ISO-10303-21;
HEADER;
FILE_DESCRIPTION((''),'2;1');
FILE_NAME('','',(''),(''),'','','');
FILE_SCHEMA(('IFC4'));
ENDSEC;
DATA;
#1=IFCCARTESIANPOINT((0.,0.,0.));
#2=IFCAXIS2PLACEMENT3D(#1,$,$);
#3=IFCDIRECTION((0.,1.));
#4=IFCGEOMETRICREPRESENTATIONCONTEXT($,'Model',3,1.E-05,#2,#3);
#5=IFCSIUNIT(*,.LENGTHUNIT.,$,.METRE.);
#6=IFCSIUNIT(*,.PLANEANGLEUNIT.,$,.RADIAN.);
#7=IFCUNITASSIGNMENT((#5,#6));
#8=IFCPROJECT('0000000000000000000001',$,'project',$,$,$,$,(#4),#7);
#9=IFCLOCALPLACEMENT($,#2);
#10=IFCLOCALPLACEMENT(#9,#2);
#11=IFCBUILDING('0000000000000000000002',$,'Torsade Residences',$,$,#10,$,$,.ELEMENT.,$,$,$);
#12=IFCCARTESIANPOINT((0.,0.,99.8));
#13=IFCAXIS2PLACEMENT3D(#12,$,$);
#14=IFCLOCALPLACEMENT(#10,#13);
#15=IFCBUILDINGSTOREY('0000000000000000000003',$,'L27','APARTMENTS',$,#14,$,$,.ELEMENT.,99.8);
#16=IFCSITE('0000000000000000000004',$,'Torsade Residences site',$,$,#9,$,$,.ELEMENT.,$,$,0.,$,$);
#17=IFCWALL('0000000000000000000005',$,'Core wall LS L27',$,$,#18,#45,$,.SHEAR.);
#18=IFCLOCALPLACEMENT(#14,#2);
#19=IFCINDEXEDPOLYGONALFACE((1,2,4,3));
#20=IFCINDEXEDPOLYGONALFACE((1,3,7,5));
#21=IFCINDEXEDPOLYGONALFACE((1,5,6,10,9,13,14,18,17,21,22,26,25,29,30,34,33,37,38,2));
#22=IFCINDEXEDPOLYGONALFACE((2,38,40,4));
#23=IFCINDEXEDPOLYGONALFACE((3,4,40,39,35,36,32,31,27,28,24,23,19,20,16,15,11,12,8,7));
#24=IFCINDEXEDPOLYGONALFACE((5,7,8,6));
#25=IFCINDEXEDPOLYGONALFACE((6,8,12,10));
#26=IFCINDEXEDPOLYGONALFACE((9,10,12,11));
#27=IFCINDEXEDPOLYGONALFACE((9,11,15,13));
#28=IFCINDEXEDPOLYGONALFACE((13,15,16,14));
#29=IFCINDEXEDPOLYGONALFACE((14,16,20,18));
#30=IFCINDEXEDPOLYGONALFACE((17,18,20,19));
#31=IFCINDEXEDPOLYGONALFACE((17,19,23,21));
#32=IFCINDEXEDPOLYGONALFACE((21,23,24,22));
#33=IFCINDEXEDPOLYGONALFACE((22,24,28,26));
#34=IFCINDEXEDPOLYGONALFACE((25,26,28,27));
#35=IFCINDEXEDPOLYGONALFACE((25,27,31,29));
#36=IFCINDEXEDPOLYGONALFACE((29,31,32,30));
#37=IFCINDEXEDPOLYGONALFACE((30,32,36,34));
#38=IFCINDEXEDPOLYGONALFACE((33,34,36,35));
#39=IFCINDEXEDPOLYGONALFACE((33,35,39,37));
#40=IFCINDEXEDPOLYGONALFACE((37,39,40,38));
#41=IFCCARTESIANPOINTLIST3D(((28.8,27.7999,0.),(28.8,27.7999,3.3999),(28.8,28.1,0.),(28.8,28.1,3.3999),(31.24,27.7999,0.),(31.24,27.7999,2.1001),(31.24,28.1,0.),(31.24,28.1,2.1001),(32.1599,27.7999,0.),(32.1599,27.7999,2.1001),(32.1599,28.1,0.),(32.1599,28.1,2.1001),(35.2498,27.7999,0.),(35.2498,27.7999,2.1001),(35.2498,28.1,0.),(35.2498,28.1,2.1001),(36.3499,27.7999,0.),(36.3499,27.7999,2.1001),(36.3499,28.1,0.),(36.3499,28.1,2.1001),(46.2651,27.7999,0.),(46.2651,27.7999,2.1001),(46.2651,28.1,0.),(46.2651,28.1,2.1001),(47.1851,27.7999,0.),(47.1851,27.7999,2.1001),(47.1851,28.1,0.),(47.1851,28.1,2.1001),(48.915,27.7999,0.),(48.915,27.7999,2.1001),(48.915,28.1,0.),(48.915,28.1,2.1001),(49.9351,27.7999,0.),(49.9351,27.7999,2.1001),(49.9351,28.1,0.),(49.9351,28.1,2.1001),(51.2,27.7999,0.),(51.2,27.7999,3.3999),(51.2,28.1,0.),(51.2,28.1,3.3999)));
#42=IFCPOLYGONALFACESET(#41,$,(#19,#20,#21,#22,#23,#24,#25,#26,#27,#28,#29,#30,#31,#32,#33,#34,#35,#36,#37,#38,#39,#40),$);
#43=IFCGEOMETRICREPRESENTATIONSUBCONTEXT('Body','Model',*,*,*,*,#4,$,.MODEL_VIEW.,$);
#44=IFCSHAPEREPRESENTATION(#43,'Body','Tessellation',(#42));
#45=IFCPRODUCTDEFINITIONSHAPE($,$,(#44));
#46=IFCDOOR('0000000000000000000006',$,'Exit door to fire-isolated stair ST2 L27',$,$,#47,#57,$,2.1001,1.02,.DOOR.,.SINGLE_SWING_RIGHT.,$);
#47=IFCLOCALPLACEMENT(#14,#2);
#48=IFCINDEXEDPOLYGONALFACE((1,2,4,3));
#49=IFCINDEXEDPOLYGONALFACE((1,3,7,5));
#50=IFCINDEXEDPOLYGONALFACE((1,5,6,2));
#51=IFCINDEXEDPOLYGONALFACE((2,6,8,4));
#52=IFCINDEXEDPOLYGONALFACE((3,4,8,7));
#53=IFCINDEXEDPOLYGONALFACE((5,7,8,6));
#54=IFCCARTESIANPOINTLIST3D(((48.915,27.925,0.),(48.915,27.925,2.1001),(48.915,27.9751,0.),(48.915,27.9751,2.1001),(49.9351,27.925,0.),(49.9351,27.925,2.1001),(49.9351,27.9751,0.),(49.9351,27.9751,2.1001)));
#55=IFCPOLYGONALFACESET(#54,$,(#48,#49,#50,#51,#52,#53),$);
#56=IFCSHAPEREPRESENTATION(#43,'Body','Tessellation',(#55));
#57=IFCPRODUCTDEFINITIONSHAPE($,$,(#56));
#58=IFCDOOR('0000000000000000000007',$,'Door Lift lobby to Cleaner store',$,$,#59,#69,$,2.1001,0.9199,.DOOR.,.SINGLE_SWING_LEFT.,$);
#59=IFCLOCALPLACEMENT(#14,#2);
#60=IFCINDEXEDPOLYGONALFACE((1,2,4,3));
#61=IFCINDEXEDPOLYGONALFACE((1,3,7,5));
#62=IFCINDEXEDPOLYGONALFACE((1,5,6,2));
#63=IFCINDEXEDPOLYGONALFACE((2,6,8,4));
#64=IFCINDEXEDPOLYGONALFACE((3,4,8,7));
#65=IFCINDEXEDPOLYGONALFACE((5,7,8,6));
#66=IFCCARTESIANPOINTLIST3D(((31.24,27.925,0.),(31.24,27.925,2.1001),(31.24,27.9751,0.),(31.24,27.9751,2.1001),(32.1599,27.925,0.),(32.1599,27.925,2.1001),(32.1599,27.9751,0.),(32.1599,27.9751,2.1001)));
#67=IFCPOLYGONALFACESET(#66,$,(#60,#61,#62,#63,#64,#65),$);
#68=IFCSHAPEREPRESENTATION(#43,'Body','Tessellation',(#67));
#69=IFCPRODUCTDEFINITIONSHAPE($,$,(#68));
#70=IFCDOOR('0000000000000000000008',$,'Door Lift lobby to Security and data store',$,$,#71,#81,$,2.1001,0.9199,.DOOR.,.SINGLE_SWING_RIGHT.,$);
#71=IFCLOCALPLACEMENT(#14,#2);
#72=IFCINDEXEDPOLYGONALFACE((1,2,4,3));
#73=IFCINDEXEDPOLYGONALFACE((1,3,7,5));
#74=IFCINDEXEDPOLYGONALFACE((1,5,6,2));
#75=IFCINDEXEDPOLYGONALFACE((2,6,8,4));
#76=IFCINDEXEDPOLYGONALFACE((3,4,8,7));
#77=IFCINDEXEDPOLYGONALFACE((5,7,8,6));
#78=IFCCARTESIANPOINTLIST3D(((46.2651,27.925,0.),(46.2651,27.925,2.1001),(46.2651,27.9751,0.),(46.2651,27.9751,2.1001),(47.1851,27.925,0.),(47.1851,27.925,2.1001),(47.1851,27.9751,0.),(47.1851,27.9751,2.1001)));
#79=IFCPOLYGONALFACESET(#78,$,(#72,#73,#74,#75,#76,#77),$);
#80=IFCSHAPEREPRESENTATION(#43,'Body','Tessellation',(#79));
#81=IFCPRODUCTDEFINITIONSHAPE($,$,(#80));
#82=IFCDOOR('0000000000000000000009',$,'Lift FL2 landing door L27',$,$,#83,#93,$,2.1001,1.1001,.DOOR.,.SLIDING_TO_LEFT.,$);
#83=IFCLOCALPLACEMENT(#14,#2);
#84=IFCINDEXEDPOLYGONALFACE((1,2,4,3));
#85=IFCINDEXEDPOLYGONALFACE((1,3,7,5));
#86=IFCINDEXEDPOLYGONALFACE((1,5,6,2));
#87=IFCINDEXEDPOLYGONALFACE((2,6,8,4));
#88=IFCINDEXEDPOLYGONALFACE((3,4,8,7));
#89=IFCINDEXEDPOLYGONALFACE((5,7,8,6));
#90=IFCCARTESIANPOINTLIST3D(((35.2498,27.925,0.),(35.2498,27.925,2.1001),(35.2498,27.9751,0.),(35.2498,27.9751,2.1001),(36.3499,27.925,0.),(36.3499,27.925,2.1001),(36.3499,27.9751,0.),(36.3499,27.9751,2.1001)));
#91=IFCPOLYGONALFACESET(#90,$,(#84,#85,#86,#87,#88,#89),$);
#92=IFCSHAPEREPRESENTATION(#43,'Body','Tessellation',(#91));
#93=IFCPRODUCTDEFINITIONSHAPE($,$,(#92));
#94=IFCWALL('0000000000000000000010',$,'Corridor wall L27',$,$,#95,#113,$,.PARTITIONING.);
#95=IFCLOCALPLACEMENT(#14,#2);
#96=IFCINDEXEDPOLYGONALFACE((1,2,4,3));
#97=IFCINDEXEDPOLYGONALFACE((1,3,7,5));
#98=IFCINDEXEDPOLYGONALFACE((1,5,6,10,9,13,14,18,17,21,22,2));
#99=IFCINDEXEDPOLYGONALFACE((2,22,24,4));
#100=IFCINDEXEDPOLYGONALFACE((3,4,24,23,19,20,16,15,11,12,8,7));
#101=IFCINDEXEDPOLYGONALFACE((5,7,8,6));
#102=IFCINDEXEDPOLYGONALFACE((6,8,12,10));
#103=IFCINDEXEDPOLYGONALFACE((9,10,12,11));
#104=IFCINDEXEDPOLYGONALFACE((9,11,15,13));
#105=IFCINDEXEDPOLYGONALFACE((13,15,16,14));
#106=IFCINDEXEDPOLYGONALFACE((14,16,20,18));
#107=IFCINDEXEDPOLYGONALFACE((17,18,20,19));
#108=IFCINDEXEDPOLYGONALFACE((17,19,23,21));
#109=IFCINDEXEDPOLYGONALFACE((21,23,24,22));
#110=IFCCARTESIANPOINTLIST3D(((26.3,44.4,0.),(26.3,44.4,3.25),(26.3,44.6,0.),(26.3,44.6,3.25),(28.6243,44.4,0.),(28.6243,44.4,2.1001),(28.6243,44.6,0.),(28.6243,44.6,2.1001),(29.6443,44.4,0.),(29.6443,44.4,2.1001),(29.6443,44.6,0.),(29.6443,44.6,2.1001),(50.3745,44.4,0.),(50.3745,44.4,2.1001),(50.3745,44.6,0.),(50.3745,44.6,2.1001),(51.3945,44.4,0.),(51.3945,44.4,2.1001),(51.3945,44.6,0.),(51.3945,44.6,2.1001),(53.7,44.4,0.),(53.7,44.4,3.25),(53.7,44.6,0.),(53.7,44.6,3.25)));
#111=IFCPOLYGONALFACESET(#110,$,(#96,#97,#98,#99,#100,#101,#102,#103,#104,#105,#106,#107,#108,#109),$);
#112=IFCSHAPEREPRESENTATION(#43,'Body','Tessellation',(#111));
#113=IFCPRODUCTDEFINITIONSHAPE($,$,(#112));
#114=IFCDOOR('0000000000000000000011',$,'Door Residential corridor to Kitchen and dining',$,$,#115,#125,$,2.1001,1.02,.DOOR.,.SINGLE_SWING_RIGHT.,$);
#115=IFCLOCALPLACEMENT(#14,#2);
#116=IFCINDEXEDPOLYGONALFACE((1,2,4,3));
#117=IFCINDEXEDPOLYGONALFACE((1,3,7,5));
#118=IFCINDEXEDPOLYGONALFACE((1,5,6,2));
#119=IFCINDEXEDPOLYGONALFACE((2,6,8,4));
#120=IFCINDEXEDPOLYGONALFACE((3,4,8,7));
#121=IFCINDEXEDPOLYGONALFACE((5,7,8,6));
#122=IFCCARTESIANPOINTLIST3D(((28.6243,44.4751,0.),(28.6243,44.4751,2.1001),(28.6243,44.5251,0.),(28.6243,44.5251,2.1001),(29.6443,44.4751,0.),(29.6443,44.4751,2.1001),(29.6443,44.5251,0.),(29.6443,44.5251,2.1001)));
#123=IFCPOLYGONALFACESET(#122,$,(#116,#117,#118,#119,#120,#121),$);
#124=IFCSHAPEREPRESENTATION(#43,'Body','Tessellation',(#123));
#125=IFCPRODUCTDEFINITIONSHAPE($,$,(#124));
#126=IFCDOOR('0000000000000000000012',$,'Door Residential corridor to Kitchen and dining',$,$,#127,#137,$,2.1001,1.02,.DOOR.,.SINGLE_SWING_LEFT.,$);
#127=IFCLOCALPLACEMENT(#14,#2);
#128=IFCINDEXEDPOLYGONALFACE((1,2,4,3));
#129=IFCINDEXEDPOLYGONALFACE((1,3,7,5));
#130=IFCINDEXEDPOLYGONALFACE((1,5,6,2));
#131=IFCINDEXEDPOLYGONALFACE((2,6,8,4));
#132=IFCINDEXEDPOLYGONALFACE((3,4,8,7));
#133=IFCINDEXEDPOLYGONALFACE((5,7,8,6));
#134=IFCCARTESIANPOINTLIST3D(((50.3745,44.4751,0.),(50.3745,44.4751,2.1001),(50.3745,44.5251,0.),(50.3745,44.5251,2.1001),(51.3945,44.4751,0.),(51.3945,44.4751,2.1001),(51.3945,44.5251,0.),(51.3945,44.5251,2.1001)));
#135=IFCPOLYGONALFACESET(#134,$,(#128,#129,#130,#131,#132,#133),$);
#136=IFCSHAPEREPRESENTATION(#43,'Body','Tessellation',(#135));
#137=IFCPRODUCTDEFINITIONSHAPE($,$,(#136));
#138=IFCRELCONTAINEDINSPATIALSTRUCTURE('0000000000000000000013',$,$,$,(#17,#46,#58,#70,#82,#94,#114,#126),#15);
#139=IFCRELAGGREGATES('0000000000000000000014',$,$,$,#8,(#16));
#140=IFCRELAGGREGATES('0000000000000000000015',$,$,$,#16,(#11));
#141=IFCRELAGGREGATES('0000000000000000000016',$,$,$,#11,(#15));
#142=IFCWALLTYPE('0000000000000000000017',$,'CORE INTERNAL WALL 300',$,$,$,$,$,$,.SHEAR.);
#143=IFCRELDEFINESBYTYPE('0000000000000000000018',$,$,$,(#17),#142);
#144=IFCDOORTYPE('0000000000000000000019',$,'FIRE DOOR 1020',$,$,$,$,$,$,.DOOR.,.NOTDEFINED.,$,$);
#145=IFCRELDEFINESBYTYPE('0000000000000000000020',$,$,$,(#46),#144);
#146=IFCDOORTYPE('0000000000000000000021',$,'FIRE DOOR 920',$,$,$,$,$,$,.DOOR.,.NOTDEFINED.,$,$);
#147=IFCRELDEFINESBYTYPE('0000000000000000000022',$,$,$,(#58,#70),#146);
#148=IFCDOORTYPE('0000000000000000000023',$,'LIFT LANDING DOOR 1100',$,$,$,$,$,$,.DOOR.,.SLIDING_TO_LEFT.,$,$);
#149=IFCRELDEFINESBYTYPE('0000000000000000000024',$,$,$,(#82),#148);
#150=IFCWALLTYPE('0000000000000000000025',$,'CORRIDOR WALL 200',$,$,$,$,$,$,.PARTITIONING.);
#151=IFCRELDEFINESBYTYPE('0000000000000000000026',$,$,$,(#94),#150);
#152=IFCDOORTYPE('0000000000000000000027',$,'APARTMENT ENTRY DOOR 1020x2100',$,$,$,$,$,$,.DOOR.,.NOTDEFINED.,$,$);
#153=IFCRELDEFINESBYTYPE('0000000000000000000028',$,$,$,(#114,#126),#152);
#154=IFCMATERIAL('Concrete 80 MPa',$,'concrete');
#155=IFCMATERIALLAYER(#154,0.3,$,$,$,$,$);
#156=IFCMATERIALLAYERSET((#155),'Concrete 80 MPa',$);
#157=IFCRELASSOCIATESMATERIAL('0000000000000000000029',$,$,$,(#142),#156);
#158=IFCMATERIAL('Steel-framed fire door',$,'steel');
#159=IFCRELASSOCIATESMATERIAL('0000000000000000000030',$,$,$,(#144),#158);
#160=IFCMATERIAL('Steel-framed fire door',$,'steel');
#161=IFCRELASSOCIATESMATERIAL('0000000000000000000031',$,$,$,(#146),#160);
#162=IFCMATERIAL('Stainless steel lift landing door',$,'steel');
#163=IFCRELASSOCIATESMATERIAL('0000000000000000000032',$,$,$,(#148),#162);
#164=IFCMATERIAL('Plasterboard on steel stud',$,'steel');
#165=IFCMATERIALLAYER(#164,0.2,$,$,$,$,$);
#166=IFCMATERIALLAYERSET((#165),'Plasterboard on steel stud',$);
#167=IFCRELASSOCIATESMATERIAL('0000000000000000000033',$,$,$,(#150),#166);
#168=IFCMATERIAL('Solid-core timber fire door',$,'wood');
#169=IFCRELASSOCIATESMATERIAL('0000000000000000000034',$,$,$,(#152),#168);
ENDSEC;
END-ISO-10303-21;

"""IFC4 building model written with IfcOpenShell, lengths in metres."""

from ifc_helpers import new_model, si_unit, direction, frame, frame_2d, origin, place, context, subcontext, project, spatial, rectangle, extrude, material, layer, layer_set, type_object, element, fill, save


model = new_model("IFC4")

# Units and contexts
model_context = context("Model", 3, precision=1e-05, world=origin(), true_north=direction((0.0, 1.0)))
body_context = subcontext(model_context, "Body", "Model", "MODEL_VIEW")
ifc_project = project(units=[si_unit("LENGTHUNIT", "METRE"), si_unit("PLANEANGLEUNIT", "RADIAN")], contexts=[model_context])

# Site, building, storey
site_placement = place(None, origin())
site = spatial("IfcSite", under=ifc_project, at=site_placement, Name="Torsade Residences site", CompositionType="ELEMENT", RefElevation=0.0)
building_placement = place(site_placement, origin())
building = spatial("IfcBuilding", under=site, at=building_placement, Name="Torsade Residences", CompositionType="ELEMENT")
storey_placement = place(building_placement, frame((0.0, 0.0, 99.8)))
storey = spatial("IfcBuildingStorey", under=building, at=storey_placement, Name="L27", Description="APARTMENTS", CompositionType="ELEMENT", Elevation=99.8)

# Walls, openings, doors
ifc_material_1 = material(Name="Concrete 80 MPa", Category="concrete")
ifc_layer_1 = layer(ifc_material_1, 0.3)
ifc_layer_set_1 = layer_set([ifc_layer_1], Name="Concrete 80 MPa")
wall_type_1 = type_object("IfcWallType", Name="CORE INTERNAL WALL 300", PredefinedType="SHEAR", material=ifc_layer_set_1)
wall_1_placement = place(storey_placement, frame((51.2, 27.95, 0.0), z_axis=(0.0, 0.0, 1.0), x_axis=(-1.0, 0.0, 0.0)))
wall_1 = element("IfcWall", 1, at=wall_1_placement, inside=storey, type_object=wall_type_1, Name="Core wall LS L27", PredefinedType="SHEAR", context=body_context, shape_type="SweptSolid", body=[
    extrude(rectangle(XDim=22.3999, YDim=0.3, at=frame_2d((11.2, 0.0))), origin(), (0.0, 0.0, 1.0), 3.3999),
])
opening_1_placement = place(wall_1_placement, frame((19.04, 0.0, 0.0)))
opening_1 = element("IfcOpeningElement", 2, at=opening_1_placement, cuts=wall_1, PredefinedType="OPENING", context=body_context, shape_type="SweptSolid", body=[
    extrude(rectangle(XDim=0.9199, YDim=2.1001, at=frame_2d((0.46, 1.05))), frame((0.0, 0.1599, 0.0), z_axis=(0.0, -1.0, 0.0), x_axis=(1.0, 0.0, 0.0)), (0.0, 0.0, 1.0), 0.3201),
])
opening_2_placement = place(wall_1_placement, frame((1.2649, 0.0, 0.0)))
opening_2 = element("IfcOpeningElement", 3, at=opening_2_placement, cuts=wall_1, PredefinedType="OPENING", context=body_context, shape_type="SweptSolid", body=[
    extrude(rectangle(XDim=1.02, YDim=2.1001, at=frame_2d((0.51, 1.05))), frame((0.0, 0.1599, 0.0), z_axis=(0.0, -1.0, 0.0), x_axis=(1.0, 0.0, 0.0)), (0.0, 0.0, 1.0), 0.3201),
])
opening_3_placement = place(wall_1_placement, frame((4.0149, 0.0, 0.0)))
opening_3 = element("IfcOpeningElement", 4, at=opening_3_placement, cuts=wall_1, PredefinedType="OPENING", context=body_context, shape_type="SweptSolid", body=[
    extrude(rectangle(XDim=0.9199, YDim=2.1001, at=frame_2d((0.46, 1.05))), frame((0.0, 0.1599, 0.0), z_axis=(0.0, -1.0, 0.0), x_axis=(1.0, 0.0, 0.0)), (0.0, 0.0, 1.0), 0.3201),
])
opening_4_placement = place(wall_1_placement, frame((14.8501, 0.0, 0.0)))
opening_4 = element("IfcOpeningElement", 5, at=opening_4_placement, cuts=wall_1, PredefinedType="OPENING", context=body_context, shape_type="SweptSolid", body=[
    extrude(rectangle(XDim=1.1001, YDim=2.1001, at=frame_2d((0.55, 1.05))), frame((0.0, 0.1599, 0.0), z_axis=(0.0, -1.0, 0.0), x_axis=(1.0, 0.0, 0.0)), (0.0, 0.0, 1.0), 0.3201),
])
ifc_material_2 = material(Name="Steel-framed fire door", Category="steel")
door_type_1 = type_object("IfcDoorType", Name="FIRE DOOR 1020", OperationType="NOTDEFINED", PredefinedType="DOOR", material=ifc_material_2)
door_1_placement = place(opening_2_placement, origin())
door_1 = element("IfcDoor", 6, at=door_1_placement, inside=storey, type_object=door_type_1, Name="Exit door to fire-isolated stair ST2 L27", OperationType="SINGLE_SWING_RIGHT", OverallHeight=2.1001, OverallWidth=1.02, PredefinedType="DOOR", context=body_context, shape_type="SweptSolid", body=[
    extrude(rectangle(XDim=1.02, YDim=2.1001, at=frame_2d((0.51, 1.05))), frame((0.0, 0.0249, 0.0), z_axis=(0.0, -1.0, 0.0), x_axis=(1.0, 0.0, 0.0)), (0.0, 0.0, 1.0), 0.05),
])
fill(opening_2, door_1)
ifc_material_3 = material(Name="Steel-framed fire door", Category="steel")
door_type_2 = type_object("IfcDoorType", Name="FIRE DOOR 920", OperationType="NOTDEFINED", PredefinedType="DOOR", material=ifc_material_3)
door_2_placement = place(opening_1_placement, origin())
door_2 = element("IfcDoor", 7, at=door_2_placement, inside=storey, type_object=door_type_2, Name="Door Lift lobby to Cleaner store", OperationType="SINGLE_SWING_LEFT", OverallHeight=2.1001, OverallWidth=0.9199, PredefinedType="DOOR", context=body_context, shape_type="SweptSolid", body=[
    extrude(rectangle(XDim=0.9199, YDim=2.1001, at=frame_2d((0.46, 1.05))), frame((0.0, 0.0249, 0.0), z_axis=(0.0, -1.0, 0.0), x_axis=(1.0, 0.0, 0.0)), (0.0, 0.0, 1.0), 0.05),
])
fill(opening_1, door_2)
door_3_placement = place(opening_3_placement, origin())
door_3 = element("IfcDoor", 8, at=door_3_placement, inside=storey, type_object=door_type_2, Name="Door Lift lobby to Security and data store", OperationType="SINGLE_SWING_RIGHT", OverallHeight=2.1001, OverallWidth=0.9199, PredefinedType="DOOR", context=body_context, shape_type="SweptSolid", body=[
    extrude(rectangle(XDim=0.9199, YDim=2.1001, at=frame_2d((0.46, 1.05))), frame((0.0, 0.0249, 0.0), z_axis=(0.0, -1.0, 0.0), x_axis=(1.0, 0.0, 0.0)), (0.0, 0.0, 1.0), 0.05),
])
fill(opening_3, door_3)
ifc_material_4 = material(Name="Stainless steel lift landing door", Category="steel")
door_type_3 = type_object("IfcDoorType", Name="LIFT LANDING DOOR 1100", OperationType="SLIDING_TO_LEFT", PredefinedType="DOOR", material=ifc_material_4)
door_4_placement = place(opening_4_placement, origin())
door_4 = element("IfcDoor", 9, at=door_4_placement, inside=storey, type_object=door_type_3, Name="Lift FL2 landing door L27", OperationType="SLIDING_TO_LEFT", OverallHeight=2.1001, OverallWidth=1.1001, PredefinedType="DOOR", context=body_context, shape_type="SweptSolid", body=[
    extrude(rectangle(XDim=1.1001, YDim=2.1001, at=frame_2d((0.55, 1.05))), frame((0.0, 0.0249, 0.0), z_axis=(0.0, -1.0, 0.0), x_axis=(1.0, 0.0, 0.0)), (0.0, 0.0, 1.0), 0.05),
])
fill(opening_4, door_4)
ifc_material_5 = material(Name="Plasterboard on steel stud", Category="steel")
ifc_layer_2 = layer(ifc_material_5, 0.2)
ifc_layer_set_2 = layer_set([ifc_layer_2], Name="Plasterboard on steel stud")
wall_type_2 = type_object("IfcWallType", Name="CORRIDOR WALL 200", PredefinedType="PARTITIONING", material=ifc_layer_set_2)
wall_2_placement = place(storey_placement, frame((53.7, 44.5, 0.0), z_axis=(0.0, 0.0, 1.0), x_axis=(-1.0, 0.0, 0.0)))
wall_2 = element("IfcWall", 10, at=wall_2_placement, inside=storey, type_object=wall_type_2, Name="Corridor wall L27", PredefinedType="PARTITIONING", context=body_context, shape_type="SweptSolid", body=[
    extrude(rectangle(XDim=27.3999, YDim=0.2, at=frame_2d((13.7, 0.0))), origin(), (0.0, 0.0, 1.0), 3.25),
])
opening_5_placement = place(wall_2_placement, frame((24.0557, 0.0, 0.0)))
opening_5 = element("IfcOpeningElement", 11, at=opening_5_placement, cuts=wall_2, PredefinedType="OPENING", context=body_context, shape_type="SweptSolid", body=[
    extrude(rectangle(XDim=1.02, YDim=2.1001, at=frame_2d((0.51, 1.05))), frame((0.0, 0.1099, 0.0), z_axis=(0.0, -1.0, 0.0), x_axis=(1.0, 0.0, 0.0)), (0.0, 0.0, 1.0), 0.22),
])
opening_6_placement = place(wall_2_placement, frame((2.3054, 0.0, 0.0)))
opening_6 = element("IfcOpeningElement", 12, at=opening_6_placement, cuts=wall_2, PredefinedType="OPENING", context=body_context, shape_type="SweptSolid", body=[
    extrude(rectangle(XDim=1.02, YDim=2.1001, at=frame_2d((0.51, 1.05))), frame((0.0, 0.1099, 0.0), z_axis=(0.0, -1.0, 0.0), x_axis=(1.0, 0.0, 0.0)), (0.0, 0.0, 1.0), 0.22),
])
ifc_material_6 = material(Name="Solid-core timber fire door", Category="wood")
door_type_4 = type_object("IfcDoorType", Name="APARTMENT ENTRY DOOR 1020x2100", OperationType="NOTDEFINED", PredefinedType="DOOR", material=ifc_material_6)
door_5_placement = place(opening_5_placement, origin())
door_5 = element("IfcDoor", 13, at=door_5_placement, inside=storey, type_object=door_type_4, Name="Door Residential corridor to Kitchen and dining", OperationType="SINGLE_SWING_RIGHT", OverallHeight=2.1001, OverallWidth=1.02, PredefinedType="DOOR", context=body_context, shape_type="SweptSolid", body=[
    extrude(rectangle(XDim=1.02, YDim=2.1001, at=frame_2d((0.51, 1.05))), frame((0.0, 0.0249, 0.0), z_axis=(0.0, -1.0, 0.0), x_axis=(1.0, 0.0, 0.0)), (0.0, 0.0, 1.0), 0.05),
])
fill(opening_5, door_5)
door_6_placement = place(opening_6_placement, origin())
door_6 = element("IfcDoor", 14, at=door_6_placement, inside=storey, type_object=door_type_4, Name="Door Residential corridor to Kitchen and dining", OperationType="SINGLE_SWING_LEFT", OverallHeight=2.1001, OverallWidth=1.02, PredefinedType="DOOR", context=body_context, shape_type="SweptSolid", body=[
    extrude(rectangle(XDim=1.02, YDim=2.1001, at=frame_2d((0.51, 1.05))), frame((0.0, 0.0249, 0.0), z_axis=(0.0, -1.0, 0.0), x_axis=(1.0, 0.0, 0.0)), (0.0, 0.0, 1.0), 0.05),
])
fill(opening_6, door_6)

save(model, "model.ifc")
